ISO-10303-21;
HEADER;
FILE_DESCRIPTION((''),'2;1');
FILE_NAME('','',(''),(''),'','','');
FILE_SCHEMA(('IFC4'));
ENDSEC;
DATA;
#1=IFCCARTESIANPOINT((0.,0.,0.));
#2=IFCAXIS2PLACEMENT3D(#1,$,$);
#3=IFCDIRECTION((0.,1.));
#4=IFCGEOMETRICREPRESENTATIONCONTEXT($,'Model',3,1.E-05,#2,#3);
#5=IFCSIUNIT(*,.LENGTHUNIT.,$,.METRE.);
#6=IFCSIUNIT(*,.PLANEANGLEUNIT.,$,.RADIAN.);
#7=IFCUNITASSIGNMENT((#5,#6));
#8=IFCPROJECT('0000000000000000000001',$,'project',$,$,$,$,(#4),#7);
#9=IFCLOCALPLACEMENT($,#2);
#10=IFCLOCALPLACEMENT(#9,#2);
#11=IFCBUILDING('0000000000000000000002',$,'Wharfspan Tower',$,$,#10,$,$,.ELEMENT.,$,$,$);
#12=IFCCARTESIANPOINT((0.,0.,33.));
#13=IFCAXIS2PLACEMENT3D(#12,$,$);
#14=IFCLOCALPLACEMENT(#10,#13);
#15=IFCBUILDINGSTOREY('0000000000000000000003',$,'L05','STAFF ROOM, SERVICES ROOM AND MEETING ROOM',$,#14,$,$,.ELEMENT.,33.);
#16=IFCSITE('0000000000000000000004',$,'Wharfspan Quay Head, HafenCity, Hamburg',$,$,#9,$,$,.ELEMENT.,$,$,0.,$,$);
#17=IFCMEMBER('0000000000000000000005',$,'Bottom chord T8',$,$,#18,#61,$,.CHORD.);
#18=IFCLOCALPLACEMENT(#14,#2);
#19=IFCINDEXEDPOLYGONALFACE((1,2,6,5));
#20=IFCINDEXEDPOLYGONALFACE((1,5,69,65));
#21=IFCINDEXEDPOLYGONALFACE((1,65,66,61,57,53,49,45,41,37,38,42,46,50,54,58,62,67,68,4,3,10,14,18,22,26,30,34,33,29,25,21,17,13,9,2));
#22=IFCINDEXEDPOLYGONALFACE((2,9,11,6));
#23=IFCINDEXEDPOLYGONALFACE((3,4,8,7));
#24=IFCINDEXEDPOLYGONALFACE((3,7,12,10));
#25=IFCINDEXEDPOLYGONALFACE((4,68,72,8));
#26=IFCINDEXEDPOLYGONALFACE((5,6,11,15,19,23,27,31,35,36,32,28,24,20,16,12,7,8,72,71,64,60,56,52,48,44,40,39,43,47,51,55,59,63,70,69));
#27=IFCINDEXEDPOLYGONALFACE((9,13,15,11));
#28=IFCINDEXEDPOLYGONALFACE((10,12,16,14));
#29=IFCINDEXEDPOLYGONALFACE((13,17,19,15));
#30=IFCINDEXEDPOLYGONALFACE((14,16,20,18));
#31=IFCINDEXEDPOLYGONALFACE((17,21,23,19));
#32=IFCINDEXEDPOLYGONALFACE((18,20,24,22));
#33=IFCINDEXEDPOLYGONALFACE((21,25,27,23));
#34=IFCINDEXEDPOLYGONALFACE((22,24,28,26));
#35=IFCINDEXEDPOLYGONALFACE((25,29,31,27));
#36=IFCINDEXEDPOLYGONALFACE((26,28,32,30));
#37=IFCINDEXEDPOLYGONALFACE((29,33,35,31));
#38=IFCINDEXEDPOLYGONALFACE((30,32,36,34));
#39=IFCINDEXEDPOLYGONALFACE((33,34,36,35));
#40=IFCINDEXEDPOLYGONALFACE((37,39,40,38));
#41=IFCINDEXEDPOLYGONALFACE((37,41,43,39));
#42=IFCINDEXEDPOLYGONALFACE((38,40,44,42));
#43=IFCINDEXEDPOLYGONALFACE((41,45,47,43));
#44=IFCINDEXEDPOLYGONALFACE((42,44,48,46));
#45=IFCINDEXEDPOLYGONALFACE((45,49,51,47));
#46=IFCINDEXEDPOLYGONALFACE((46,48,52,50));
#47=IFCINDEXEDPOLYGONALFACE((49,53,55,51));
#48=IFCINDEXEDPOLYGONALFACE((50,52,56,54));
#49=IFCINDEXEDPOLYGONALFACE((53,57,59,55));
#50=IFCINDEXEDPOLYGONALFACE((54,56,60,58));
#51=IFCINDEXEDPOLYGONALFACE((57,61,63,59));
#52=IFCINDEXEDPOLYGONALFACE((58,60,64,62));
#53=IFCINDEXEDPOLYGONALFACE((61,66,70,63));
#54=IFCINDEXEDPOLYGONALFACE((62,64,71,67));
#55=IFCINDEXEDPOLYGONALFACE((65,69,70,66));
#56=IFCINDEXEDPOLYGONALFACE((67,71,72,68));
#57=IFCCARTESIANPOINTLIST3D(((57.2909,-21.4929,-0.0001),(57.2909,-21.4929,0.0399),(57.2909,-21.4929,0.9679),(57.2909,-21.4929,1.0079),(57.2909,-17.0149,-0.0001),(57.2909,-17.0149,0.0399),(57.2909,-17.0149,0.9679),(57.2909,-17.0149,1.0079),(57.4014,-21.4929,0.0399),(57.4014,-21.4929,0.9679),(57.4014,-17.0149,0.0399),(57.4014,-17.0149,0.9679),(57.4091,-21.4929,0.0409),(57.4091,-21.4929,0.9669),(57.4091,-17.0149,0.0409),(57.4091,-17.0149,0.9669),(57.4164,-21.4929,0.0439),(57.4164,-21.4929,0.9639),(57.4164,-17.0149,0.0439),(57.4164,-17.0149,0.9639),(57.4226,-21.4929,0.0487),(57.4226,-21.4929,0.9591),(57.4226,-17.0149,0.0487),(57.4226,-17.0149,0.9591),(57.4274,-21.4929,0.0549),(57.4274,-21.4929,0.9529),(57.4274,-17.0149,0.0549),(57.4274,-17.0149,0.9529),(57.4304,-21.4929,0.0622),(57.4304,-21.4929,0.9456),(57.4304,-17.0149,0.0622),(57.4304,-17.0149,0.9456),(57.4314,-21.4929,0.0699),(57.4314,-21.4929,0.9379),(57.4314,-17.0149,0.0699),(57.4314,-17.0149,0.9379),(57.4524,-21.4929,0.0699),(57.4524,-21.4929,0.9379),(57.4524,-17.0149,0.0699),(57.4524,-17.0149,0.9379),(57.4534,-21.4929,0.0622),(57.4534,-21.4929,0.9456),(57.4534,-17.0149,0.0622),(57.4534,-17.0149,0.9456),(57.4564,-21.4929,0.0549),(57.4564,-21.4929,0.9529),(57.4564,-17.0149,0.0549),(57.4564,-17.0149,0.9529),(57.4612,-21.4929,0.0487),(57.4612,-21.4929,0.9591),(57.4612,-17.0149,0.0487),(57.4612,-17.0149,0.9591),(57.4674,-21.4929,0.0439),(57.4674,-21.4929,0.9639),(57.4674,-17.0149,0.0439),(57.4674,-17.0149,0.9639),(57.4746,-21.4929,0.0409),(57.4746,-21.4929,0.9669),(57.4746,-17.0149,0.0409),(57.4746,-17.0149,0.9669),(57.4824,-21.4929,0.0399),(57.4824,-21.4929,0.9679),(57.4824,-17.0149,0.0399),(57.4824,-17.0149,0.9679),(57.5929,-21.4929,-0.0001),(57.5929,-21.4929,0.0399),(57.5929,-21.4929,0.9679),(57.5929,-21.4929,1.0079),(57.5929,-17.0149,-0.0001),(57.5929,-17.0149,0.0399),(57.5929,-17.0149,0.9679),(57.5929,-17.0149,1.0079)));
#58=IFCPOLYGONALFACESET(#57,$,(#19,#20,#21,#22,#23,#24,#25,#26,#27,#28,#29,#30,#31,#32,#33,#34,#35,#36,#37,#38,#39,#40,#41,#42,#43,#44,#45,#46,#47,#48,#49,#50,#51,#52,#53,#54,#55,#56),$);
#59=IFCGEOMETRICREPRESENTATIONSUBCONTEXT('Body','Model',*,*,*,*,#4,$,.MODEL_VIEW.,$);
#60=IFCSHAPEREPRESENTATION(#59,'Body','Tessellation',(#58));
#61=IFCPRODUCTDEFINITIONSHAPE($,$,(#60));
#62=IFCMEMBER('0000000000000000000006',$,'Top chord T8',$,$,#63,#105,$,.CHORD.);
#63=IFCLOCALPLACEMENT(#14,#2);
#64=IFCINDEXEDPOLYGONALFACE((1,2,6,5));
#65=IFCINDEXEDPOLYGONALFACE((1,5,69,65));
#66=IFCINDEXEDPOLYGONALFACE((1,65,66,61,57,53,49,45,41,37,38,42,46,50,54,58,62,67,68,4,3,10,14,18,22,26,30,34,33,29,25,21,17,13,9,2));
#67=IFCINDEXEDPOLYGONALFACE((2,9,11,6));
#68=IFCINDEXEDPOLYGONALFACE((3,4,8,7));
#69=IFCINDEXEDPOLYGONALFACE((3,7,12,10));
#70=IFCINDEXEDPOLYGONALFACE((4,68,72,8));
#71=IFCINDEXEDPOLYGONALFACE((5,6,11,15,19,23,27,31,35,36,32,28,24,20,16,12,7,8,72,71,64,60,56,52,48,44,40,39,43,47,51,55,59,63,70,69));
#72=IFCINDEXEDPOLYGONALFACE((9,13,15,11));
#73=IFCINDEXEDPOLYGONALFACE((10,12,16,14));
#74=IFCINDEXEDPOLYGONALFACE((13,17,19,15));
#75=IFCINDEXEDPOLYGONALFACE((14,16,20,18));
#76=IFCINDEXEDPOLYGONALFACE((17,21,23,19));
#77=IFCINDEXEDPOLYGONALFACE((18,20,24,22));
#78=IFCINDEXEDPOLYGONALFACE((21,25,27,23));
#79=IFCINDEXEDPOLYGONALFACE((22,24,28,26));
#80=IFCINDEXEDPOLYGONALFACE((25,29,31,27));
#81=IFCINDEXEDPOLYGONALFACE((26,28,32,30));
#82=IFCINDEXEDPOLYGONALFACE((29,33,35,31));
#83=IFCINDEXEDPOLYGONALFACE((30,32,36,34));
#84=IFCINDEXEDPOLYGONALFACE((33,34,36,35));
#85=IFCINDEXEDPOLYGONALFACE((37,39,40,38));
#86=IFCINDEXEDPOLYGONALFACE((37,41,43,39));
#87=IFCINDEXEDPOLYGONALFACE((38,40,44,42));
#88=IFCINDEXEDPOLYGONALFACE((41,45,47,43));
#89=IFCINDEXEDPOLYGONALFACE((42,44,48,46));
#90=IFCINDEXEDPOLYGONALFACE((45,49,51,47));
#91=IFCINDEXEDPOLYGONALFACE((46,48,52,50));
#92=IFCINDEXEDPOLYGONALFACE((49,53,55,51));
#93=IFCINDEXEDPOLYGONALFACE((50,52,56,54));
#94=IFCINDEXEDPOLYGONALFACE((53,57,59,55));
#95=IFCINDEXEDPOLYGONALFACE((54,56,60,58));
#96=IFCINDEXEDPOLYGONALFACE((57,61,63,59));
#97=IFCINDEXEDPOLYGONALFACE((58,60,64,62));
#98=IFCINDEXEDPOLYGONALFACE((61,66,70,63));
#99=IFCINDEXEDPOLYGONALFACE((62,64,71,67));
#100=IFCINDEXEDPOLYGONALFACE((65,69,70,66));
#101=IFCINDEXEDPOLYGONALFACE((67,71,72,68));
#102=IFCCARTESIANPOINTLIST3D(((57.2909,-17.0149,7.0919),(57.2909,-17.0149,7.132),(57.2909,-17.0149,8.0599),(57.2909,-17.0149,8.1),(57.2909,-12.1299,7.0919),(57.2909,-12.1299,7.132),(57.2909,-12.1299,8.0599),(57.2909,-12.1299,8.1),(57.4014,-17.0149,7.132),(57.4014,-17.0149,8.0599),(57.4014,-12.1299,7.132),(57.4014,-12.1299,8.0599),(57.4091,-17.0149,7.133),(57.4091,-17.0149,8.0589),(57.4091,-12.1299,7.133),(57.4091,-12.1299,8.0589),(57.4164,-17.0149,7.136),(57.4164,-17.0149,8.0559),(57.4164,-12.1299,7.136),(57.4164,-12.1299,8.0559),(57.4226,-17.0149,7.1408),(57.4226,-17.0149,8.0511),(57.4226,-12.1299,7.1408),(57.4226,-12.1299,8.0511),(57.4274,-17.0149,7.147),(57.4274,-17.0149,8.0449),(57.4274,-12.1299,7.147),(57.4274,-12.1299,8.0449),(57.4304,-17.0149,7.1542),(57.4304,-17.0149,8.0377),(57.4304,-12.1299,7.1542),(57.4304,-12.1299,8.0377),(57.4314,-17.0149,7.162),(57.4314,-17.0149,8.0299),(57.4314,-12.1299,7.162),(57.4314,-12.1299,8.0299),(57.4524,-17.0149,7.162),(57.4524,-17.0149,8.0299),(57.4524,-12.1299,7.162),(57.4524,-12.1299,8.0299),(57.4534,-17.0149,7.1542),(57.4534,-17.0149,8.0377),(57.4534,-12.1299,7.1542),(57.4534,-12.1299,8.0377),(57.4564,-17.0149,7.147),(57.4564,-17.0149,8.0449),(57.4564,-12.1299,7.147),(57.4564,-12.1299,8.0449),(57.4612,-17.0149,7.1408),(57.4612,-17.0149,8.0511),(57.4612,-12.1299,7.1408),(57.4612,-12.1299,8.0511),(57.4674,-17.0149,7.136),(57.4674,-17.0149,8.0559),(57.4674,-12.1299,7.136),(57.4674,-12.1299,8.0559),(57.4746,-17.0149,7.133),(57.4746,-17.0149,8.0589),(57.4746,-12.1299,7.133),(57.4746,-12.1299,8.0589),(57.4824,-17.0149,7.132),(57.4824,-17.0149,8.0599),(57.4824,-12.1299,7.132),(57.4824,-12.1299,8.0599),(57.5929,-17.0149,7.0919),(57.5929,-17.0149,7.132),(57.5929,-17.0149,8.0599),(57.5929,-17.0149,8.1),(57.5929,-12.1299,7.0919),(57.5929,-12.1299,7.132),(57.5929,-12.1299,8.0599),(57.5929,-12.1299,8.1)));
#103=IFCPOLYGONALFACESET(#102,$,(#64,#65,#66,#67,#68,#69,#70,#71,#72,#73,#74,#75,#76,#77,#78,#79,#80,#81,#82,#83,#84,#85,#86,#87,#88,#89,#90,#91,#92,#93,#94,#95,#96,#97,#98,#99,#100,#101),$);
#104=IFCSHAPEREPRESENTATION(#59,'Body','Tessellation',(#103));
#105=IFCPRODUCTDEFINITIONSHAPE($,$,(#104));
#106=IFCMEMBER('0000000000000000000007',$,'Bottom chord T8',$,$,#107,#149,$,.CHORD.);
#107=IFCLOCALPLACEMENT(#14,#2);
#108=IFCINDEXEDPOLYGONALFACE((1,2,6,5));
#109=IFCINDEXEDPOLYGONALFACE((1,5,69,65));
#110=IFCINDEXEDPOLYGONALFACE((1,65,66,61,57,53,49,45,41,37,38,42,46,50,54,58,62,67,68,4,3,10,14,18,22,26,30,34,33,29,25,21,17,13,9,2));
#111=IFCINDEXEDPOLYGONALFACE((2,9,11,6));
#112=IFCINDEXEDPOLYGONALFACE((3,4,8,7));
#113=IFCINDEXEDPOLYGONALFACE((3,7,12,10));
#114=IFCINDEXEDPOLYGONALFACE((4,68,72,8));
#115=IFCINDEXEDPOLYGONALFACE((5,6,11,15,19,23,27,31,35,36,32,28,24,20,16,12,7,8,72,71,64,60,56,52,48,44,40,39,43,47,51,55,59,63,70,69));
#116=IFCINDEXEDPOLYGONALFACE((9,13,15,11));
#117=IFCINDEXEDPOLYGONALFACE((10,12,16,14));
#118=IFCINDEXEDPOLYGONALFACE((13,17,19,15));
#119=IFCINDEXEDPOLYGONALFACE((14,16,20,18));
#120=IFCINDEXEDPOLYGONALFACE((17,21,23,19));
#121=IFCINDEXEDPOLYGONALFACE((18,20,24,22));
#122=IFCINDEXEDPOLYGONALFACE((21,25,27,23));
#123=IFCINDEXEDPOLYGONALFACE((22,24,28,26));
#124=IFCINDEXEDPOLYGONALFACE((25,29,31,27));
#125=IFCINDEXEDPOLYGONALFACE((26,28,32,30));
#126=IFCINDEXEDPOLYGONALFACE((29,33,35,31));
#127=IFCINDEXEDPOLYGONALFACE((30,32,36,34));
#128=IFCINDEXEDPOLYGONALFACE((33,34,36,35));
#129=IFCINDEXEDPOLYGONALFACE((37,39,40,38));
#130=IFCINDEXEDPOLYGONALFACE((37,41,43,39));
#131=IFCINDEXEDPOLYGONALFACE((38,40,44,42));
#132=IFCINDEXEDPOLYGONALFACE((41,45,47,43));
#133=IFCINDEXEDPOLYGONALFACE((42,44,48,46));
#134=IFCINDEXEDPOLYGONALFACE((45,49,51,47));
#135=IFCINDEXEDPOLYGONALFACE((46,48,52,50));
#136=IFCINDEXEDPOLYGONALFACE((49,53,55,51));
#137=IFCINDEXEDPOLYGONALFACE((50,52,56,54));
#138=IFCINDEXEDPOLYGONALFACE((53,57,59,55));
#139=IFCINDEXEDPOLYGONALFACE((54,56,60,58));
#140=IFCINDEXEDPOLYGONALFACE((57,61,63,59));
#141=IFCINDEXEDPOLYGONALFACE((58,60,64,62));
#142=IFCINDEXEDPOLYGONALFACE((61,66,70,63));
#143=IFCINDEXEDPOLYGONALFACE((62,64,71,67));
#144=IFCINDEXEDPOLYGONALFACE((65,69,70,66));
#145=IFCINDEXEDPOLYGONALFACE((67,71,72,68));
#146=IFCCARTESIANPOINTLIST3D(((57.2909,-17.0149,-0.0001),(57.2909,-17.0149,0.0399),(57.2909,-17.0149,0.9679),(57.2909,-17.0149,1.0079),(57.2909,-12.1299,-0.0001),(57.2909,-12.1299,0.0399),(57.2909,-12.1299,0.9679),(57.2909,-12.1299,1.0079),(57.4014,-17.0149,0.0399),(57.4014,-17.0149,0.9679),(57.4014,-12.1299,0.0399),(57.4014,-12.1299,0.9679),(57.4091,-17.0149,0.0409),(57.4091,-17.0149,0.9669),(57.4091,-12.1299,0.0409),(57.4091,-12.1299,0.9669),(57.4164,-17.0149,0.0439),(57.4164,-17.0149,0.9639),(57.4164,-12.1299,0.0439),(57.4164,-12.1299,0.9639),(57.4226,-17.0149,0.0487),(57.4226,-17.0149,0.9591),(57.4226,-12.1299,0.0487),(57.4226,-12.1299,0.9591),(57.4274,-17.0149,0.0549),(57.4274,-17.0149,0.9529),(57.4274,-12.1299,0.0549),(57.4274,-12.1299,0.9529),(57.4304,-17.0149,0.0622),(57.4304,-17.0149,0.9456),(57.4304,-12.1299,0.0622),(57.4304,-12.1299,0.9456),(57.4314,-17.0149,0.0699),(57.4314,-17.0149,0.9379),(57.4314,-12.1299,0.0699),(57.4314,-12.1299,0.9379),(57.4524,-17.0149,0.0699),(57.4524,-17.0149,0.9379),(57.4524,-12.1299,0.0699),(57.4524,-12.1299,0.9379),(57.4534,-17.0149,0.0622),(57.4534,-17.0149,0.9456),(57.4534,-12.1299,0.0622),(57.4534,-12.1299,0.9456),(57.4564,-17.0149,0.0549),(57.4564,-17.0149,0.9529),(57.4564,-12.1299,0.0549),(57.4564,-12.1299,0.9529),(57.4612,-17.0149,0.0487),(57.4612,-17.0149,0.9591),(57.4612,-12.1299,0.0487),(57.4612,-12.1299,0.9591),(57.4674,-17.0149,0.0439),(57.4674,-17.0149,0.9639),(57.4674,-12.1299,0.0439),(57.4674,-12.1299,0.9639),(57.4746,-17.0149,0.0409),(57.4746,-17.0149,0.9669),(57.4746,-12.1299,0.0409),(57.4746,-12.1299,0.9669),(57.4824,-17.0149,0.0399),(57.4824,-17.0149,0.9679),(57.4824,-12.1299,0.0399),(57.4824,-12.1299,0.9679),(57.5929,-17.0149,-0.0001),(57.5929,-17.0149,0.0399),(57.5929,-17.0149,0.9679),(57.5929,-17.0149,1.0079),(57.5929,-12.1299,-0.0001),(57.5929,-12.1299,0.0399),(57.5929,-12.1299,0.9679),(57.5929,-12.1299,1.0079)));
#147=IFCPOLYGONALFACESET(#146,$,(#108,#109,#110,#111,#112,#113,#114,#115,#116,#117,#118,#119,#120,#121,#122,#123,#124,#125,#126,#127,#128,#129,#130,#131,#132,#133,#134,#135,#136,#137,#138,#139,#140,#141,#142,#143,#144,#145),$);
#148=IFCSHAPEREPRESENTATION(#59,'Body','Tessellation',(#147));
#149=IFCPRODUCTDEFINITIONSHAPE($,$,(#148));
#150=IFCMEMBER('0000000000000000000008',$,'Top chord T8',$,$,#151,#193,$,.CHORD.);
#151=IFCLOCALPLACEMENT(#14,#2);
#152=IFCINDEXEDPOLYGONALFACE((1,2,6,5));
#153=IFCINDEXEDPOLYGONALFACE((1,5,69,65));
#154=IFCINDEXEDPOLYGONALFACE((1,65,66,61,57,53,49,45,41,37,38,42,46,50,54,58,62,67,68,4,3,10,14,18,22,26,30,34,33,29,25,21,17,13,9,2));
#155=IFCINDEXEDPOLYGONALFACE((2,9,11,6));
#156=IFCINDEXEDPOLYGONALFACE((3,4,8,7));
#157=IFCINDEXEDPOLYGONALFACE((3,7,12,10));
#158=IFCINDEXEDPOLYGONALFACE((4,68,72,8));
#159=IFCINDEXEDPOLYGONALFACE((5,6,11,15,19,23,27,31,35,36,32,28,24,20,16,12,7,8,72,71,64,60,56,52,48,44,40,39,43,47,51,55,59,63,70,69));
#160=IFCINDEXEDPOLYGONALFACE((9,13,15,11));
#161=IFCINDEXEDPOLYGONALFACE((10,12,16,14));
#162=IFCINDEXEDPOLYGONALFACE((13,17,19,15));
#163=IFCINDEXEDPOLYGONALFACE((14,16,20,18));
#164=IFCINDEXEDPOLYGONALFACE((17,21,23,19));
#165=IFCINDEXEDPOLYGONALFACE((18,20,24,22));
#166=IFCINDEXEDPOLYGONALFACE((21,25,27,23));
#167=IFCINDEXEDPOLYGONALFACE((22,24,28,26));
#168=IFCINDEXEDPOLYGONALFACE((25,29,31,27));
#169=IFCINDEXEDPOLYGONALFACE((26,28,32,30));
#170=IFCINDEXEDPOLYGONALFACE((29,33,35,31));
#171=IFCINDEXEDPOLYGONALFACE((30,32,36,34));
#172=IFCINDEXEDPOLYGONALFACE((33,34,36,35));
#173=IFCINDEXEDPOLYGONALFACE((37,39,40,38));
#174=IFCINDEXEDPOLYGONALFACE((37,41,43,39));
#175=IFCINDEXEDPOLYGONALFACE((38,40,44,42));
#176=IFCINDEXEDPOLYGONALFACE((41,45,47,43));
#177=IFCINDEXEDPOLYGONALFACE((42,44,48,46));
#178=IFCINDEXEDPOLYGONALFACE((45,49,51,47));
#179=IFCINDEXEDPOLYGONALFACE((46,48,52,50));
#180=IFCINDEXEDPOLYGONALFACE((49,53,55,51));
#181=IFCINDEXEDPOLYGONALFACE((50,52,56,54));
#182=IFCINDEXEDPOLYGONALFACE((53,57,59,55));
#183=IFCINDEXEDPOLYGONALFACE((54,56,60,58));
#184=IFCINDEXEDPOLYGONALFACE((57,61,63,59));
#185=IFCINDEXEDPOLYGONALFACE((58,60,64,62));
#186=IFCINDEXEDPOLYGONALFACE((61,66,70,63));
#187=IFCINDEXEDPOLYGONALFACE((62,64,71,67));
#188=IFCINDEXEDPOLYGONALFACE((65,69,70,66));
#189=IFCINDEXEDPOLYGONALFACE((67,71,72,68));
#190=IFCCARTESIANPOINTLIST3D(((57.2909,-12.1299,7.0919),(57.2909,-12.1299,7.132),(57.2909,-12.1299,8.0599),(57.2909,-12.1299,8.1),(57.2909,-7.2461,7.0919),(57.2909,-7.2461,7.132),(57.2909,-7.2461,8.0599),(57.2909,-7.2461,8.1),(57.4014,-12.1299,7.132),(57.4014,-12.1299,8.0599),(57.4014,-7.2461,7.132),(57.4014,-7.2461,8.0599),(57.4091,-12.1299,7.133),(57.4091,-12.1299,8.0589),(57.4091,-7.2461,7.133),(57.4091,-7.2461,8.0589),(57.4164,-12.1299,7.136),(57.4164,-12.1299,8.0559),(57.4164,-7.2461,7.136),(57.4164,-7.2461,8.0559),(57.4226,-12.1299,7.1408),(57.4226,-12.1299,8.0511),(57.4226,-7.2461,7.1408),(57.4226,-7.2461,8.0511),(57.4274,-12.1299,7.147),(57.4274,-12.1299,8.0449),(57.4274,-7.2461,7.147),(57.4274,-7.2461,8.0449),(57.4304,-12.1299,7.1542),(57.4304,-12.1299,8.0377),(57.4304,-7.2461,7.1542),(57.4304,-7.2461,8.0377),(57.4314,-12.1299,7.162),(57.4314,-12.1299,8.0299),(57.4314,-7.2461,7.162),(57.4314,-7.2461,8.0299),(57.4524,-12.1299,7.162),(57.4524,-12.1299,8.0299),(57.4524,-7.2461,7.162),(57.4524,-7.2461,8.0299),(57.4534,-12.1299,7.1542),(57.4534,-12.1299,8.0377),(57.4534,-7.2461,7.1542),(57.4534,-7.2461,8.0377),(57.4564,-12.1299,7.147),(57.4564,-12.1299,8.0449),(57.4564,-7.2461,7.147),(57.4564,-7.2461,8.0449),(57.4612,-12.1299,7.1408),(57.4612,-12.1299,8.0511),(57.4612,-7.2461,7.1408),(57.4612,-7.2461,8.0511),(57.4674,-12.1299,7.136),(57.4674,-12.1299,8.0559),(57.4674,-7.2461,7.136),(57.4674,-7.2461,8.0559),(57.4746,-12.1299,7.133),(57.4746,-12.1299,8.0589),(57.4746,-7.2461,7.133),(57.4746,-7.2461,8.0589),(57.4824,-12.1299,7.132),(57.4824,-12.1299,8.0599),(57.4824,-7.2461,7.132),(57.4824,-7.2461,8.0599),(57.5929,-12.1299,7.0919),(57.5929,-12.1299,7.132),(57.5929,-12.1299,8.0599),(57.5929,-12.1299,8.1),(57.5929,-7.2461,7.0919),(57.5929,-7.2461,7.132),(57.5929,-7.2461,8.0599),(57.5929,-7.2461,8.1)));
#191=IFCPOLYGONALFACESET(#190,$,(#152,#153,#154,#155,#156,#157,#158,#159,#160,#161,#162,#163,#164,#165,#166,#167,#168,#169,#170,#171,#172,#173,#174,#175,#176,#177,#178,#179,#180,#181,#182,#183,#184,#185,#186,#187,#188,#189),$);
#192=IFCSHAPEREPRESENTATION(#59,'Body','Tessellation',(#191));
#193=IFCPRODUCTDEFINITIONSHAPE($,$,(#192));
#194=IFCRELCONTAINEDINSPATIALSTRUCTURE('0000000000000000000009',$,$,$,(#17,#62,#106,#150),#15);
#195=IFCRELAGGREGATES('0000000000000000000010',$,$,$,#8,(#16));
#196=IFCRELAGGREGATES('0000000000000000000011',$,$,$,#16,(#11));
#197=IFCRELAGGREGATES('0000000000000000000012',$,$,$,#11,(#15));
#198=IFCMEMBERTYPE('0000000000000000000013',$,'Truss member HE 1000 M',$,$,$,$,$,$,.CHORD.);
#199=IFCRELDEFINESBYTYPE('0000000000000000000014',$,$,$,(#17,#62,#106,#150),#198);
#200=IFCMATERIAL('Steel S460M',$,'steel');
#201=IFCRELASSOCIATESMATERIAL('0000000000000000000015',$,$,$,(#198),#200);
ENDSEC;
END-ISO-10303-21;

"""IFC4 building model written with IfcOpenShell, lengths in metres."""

from ifc_helpers import new_model, si_unit, direction, frame, origin, origin_2d, place, context, subcontext, project, spatial, i_section, extrude, material, material_profile, profile_set, type_object, element, save


model = new_model("IFC4")

# Units and contexts
model_context = context("Model", 3, precision=1e-05, world=origin(), true_north=direction((0.0, 1.0)))
body_context = subcontext(model_context, "Body", "Model", "MODEL_VIEW")
ifc_project = project(units=[si_unit("LENGTHUNIT", "METRE"), si_unit("PLANEANGLEUNIT", "RADIAN")], contexts=[model_context])

# Site, building, storey
site_placement = place(None, origin())
site = spatial("IfcSite", under=ifc_project, at=site_placement, Name="Wharfspan Quay Head, HafenCity, Hamburg", CompositionType="ELEMENT", RefElevation=0.0)
building_placement = place(site_placement, origin())
building = spatial("IfcBuilding", under=site, at=building_placement, Name="Wharfspan Tower", CompositionType="ELEMENT")
storey_placement = place(building_placement, frame((0.0, 0.0, 33.0)))
storey = spatial("IfcBuildingStorey", under=building, at=storey_placement, Name="L05", Description="STAFF ROOM, SERVICES ROOM AND MEETING ROOM", CompositionType="ELEMENT", Elevation=33.0)

# Members
ifc_material_1 = material(Name="Steel S460M", Category="steel")
ifc_material_profile_1 = material_profile(ifc_material_1, i_section(OverallWidth=0.302, OverallDepth=1.0081, WebThickness=0.021, FlangeThickness=0.04, FilletRadius=0.03, at=origin_2d()))
ifc_profile_set_1 = profile_set([ifc_material_profile_1], Name="Steel S460M")
member_type_1 = type_object("IfcMemberType", Name="Truss member HE 1000 M", PredefinedType="CHORD", material=ifc_profile_set_1)
for number, where, z_axis, x_axis, name in (
    (1, (57.4419, -21.4929, 0.5039), (0.0, 1.0, 0.0), (-1.0, 0.0, 0.0), "Bottom chord T8"),
):
    element("IfcMember", number, at=place(storey_placement, frame(where, z_axis=z_axis, x_axis=x_axis)), inside=storey, type_object=member_type_1, Name=name, PredefinedType="CHORD", context=body_context, shape_type="SweptSolid", body=[
        extrude(i_section(OverallWidth=0.302, OverallDepth=1.0081, WebThickness=0.021, FlangeThickness=0.04, FilletRadius=0.03, at=origin_2d()), origin(), (0.0, 0.0, 1.0), 4.478),
    ])
for number, where, z_axis, x_axis, name in (
    (2, (57.4419, -17.0149, 7.5959), (0.0, 1.0, 0.0), (-1.0, 0.0, 0.0), "Top chord T8"),
    (3, (57.4419, -17.0149, 0.5039), (0.0, 1.0, 0.0), (-1.0, 0.0, 0.0), "Bottom chord T8"),
):
    element("IfcMember", number, at=place(storey_placement, frame(where, z_axis=z_axis, x_axis=x_axis)), inside=storey, type_object=member_type_1, Name=name, PredefinedType="CHORD", context=body_context, shape_type="SweptSolid", body=[
        extrude(i_section(OverallWidth=0.302, OverallDepth=1.0081, WebThickness=0.021, FlangeThickness=0.04, FilletRadius=0.03, at=origin_2d()), origin(), (0.0, 0.0, 1.0), 4.885),
    ])
member_1_placement = place(storey_placement, frame((57.4419, -12.1299, 7.5959), z_axis=(0.0, 1.0, 0.0), x_axis=(-1.0, 0.0, 0.0)))
element("IfcMember", 4, at=member_1_placement, inside=storey, type_object=member_type_1, Name="Top chord T8", PredefinedType="CHORD", context=body_context, shape_type="SweptSolid", body=[
    extrude(i_section(OverallWidth=0.302, OverallDepth=1.0081, WebThickness=0.021, FlangeThickness=0.04, FilletRadius=0.03, at=origin_2d()), origin(), (0.0, 0.0, 1.0), 4.8838),
])

save(model, "model.ifc")
